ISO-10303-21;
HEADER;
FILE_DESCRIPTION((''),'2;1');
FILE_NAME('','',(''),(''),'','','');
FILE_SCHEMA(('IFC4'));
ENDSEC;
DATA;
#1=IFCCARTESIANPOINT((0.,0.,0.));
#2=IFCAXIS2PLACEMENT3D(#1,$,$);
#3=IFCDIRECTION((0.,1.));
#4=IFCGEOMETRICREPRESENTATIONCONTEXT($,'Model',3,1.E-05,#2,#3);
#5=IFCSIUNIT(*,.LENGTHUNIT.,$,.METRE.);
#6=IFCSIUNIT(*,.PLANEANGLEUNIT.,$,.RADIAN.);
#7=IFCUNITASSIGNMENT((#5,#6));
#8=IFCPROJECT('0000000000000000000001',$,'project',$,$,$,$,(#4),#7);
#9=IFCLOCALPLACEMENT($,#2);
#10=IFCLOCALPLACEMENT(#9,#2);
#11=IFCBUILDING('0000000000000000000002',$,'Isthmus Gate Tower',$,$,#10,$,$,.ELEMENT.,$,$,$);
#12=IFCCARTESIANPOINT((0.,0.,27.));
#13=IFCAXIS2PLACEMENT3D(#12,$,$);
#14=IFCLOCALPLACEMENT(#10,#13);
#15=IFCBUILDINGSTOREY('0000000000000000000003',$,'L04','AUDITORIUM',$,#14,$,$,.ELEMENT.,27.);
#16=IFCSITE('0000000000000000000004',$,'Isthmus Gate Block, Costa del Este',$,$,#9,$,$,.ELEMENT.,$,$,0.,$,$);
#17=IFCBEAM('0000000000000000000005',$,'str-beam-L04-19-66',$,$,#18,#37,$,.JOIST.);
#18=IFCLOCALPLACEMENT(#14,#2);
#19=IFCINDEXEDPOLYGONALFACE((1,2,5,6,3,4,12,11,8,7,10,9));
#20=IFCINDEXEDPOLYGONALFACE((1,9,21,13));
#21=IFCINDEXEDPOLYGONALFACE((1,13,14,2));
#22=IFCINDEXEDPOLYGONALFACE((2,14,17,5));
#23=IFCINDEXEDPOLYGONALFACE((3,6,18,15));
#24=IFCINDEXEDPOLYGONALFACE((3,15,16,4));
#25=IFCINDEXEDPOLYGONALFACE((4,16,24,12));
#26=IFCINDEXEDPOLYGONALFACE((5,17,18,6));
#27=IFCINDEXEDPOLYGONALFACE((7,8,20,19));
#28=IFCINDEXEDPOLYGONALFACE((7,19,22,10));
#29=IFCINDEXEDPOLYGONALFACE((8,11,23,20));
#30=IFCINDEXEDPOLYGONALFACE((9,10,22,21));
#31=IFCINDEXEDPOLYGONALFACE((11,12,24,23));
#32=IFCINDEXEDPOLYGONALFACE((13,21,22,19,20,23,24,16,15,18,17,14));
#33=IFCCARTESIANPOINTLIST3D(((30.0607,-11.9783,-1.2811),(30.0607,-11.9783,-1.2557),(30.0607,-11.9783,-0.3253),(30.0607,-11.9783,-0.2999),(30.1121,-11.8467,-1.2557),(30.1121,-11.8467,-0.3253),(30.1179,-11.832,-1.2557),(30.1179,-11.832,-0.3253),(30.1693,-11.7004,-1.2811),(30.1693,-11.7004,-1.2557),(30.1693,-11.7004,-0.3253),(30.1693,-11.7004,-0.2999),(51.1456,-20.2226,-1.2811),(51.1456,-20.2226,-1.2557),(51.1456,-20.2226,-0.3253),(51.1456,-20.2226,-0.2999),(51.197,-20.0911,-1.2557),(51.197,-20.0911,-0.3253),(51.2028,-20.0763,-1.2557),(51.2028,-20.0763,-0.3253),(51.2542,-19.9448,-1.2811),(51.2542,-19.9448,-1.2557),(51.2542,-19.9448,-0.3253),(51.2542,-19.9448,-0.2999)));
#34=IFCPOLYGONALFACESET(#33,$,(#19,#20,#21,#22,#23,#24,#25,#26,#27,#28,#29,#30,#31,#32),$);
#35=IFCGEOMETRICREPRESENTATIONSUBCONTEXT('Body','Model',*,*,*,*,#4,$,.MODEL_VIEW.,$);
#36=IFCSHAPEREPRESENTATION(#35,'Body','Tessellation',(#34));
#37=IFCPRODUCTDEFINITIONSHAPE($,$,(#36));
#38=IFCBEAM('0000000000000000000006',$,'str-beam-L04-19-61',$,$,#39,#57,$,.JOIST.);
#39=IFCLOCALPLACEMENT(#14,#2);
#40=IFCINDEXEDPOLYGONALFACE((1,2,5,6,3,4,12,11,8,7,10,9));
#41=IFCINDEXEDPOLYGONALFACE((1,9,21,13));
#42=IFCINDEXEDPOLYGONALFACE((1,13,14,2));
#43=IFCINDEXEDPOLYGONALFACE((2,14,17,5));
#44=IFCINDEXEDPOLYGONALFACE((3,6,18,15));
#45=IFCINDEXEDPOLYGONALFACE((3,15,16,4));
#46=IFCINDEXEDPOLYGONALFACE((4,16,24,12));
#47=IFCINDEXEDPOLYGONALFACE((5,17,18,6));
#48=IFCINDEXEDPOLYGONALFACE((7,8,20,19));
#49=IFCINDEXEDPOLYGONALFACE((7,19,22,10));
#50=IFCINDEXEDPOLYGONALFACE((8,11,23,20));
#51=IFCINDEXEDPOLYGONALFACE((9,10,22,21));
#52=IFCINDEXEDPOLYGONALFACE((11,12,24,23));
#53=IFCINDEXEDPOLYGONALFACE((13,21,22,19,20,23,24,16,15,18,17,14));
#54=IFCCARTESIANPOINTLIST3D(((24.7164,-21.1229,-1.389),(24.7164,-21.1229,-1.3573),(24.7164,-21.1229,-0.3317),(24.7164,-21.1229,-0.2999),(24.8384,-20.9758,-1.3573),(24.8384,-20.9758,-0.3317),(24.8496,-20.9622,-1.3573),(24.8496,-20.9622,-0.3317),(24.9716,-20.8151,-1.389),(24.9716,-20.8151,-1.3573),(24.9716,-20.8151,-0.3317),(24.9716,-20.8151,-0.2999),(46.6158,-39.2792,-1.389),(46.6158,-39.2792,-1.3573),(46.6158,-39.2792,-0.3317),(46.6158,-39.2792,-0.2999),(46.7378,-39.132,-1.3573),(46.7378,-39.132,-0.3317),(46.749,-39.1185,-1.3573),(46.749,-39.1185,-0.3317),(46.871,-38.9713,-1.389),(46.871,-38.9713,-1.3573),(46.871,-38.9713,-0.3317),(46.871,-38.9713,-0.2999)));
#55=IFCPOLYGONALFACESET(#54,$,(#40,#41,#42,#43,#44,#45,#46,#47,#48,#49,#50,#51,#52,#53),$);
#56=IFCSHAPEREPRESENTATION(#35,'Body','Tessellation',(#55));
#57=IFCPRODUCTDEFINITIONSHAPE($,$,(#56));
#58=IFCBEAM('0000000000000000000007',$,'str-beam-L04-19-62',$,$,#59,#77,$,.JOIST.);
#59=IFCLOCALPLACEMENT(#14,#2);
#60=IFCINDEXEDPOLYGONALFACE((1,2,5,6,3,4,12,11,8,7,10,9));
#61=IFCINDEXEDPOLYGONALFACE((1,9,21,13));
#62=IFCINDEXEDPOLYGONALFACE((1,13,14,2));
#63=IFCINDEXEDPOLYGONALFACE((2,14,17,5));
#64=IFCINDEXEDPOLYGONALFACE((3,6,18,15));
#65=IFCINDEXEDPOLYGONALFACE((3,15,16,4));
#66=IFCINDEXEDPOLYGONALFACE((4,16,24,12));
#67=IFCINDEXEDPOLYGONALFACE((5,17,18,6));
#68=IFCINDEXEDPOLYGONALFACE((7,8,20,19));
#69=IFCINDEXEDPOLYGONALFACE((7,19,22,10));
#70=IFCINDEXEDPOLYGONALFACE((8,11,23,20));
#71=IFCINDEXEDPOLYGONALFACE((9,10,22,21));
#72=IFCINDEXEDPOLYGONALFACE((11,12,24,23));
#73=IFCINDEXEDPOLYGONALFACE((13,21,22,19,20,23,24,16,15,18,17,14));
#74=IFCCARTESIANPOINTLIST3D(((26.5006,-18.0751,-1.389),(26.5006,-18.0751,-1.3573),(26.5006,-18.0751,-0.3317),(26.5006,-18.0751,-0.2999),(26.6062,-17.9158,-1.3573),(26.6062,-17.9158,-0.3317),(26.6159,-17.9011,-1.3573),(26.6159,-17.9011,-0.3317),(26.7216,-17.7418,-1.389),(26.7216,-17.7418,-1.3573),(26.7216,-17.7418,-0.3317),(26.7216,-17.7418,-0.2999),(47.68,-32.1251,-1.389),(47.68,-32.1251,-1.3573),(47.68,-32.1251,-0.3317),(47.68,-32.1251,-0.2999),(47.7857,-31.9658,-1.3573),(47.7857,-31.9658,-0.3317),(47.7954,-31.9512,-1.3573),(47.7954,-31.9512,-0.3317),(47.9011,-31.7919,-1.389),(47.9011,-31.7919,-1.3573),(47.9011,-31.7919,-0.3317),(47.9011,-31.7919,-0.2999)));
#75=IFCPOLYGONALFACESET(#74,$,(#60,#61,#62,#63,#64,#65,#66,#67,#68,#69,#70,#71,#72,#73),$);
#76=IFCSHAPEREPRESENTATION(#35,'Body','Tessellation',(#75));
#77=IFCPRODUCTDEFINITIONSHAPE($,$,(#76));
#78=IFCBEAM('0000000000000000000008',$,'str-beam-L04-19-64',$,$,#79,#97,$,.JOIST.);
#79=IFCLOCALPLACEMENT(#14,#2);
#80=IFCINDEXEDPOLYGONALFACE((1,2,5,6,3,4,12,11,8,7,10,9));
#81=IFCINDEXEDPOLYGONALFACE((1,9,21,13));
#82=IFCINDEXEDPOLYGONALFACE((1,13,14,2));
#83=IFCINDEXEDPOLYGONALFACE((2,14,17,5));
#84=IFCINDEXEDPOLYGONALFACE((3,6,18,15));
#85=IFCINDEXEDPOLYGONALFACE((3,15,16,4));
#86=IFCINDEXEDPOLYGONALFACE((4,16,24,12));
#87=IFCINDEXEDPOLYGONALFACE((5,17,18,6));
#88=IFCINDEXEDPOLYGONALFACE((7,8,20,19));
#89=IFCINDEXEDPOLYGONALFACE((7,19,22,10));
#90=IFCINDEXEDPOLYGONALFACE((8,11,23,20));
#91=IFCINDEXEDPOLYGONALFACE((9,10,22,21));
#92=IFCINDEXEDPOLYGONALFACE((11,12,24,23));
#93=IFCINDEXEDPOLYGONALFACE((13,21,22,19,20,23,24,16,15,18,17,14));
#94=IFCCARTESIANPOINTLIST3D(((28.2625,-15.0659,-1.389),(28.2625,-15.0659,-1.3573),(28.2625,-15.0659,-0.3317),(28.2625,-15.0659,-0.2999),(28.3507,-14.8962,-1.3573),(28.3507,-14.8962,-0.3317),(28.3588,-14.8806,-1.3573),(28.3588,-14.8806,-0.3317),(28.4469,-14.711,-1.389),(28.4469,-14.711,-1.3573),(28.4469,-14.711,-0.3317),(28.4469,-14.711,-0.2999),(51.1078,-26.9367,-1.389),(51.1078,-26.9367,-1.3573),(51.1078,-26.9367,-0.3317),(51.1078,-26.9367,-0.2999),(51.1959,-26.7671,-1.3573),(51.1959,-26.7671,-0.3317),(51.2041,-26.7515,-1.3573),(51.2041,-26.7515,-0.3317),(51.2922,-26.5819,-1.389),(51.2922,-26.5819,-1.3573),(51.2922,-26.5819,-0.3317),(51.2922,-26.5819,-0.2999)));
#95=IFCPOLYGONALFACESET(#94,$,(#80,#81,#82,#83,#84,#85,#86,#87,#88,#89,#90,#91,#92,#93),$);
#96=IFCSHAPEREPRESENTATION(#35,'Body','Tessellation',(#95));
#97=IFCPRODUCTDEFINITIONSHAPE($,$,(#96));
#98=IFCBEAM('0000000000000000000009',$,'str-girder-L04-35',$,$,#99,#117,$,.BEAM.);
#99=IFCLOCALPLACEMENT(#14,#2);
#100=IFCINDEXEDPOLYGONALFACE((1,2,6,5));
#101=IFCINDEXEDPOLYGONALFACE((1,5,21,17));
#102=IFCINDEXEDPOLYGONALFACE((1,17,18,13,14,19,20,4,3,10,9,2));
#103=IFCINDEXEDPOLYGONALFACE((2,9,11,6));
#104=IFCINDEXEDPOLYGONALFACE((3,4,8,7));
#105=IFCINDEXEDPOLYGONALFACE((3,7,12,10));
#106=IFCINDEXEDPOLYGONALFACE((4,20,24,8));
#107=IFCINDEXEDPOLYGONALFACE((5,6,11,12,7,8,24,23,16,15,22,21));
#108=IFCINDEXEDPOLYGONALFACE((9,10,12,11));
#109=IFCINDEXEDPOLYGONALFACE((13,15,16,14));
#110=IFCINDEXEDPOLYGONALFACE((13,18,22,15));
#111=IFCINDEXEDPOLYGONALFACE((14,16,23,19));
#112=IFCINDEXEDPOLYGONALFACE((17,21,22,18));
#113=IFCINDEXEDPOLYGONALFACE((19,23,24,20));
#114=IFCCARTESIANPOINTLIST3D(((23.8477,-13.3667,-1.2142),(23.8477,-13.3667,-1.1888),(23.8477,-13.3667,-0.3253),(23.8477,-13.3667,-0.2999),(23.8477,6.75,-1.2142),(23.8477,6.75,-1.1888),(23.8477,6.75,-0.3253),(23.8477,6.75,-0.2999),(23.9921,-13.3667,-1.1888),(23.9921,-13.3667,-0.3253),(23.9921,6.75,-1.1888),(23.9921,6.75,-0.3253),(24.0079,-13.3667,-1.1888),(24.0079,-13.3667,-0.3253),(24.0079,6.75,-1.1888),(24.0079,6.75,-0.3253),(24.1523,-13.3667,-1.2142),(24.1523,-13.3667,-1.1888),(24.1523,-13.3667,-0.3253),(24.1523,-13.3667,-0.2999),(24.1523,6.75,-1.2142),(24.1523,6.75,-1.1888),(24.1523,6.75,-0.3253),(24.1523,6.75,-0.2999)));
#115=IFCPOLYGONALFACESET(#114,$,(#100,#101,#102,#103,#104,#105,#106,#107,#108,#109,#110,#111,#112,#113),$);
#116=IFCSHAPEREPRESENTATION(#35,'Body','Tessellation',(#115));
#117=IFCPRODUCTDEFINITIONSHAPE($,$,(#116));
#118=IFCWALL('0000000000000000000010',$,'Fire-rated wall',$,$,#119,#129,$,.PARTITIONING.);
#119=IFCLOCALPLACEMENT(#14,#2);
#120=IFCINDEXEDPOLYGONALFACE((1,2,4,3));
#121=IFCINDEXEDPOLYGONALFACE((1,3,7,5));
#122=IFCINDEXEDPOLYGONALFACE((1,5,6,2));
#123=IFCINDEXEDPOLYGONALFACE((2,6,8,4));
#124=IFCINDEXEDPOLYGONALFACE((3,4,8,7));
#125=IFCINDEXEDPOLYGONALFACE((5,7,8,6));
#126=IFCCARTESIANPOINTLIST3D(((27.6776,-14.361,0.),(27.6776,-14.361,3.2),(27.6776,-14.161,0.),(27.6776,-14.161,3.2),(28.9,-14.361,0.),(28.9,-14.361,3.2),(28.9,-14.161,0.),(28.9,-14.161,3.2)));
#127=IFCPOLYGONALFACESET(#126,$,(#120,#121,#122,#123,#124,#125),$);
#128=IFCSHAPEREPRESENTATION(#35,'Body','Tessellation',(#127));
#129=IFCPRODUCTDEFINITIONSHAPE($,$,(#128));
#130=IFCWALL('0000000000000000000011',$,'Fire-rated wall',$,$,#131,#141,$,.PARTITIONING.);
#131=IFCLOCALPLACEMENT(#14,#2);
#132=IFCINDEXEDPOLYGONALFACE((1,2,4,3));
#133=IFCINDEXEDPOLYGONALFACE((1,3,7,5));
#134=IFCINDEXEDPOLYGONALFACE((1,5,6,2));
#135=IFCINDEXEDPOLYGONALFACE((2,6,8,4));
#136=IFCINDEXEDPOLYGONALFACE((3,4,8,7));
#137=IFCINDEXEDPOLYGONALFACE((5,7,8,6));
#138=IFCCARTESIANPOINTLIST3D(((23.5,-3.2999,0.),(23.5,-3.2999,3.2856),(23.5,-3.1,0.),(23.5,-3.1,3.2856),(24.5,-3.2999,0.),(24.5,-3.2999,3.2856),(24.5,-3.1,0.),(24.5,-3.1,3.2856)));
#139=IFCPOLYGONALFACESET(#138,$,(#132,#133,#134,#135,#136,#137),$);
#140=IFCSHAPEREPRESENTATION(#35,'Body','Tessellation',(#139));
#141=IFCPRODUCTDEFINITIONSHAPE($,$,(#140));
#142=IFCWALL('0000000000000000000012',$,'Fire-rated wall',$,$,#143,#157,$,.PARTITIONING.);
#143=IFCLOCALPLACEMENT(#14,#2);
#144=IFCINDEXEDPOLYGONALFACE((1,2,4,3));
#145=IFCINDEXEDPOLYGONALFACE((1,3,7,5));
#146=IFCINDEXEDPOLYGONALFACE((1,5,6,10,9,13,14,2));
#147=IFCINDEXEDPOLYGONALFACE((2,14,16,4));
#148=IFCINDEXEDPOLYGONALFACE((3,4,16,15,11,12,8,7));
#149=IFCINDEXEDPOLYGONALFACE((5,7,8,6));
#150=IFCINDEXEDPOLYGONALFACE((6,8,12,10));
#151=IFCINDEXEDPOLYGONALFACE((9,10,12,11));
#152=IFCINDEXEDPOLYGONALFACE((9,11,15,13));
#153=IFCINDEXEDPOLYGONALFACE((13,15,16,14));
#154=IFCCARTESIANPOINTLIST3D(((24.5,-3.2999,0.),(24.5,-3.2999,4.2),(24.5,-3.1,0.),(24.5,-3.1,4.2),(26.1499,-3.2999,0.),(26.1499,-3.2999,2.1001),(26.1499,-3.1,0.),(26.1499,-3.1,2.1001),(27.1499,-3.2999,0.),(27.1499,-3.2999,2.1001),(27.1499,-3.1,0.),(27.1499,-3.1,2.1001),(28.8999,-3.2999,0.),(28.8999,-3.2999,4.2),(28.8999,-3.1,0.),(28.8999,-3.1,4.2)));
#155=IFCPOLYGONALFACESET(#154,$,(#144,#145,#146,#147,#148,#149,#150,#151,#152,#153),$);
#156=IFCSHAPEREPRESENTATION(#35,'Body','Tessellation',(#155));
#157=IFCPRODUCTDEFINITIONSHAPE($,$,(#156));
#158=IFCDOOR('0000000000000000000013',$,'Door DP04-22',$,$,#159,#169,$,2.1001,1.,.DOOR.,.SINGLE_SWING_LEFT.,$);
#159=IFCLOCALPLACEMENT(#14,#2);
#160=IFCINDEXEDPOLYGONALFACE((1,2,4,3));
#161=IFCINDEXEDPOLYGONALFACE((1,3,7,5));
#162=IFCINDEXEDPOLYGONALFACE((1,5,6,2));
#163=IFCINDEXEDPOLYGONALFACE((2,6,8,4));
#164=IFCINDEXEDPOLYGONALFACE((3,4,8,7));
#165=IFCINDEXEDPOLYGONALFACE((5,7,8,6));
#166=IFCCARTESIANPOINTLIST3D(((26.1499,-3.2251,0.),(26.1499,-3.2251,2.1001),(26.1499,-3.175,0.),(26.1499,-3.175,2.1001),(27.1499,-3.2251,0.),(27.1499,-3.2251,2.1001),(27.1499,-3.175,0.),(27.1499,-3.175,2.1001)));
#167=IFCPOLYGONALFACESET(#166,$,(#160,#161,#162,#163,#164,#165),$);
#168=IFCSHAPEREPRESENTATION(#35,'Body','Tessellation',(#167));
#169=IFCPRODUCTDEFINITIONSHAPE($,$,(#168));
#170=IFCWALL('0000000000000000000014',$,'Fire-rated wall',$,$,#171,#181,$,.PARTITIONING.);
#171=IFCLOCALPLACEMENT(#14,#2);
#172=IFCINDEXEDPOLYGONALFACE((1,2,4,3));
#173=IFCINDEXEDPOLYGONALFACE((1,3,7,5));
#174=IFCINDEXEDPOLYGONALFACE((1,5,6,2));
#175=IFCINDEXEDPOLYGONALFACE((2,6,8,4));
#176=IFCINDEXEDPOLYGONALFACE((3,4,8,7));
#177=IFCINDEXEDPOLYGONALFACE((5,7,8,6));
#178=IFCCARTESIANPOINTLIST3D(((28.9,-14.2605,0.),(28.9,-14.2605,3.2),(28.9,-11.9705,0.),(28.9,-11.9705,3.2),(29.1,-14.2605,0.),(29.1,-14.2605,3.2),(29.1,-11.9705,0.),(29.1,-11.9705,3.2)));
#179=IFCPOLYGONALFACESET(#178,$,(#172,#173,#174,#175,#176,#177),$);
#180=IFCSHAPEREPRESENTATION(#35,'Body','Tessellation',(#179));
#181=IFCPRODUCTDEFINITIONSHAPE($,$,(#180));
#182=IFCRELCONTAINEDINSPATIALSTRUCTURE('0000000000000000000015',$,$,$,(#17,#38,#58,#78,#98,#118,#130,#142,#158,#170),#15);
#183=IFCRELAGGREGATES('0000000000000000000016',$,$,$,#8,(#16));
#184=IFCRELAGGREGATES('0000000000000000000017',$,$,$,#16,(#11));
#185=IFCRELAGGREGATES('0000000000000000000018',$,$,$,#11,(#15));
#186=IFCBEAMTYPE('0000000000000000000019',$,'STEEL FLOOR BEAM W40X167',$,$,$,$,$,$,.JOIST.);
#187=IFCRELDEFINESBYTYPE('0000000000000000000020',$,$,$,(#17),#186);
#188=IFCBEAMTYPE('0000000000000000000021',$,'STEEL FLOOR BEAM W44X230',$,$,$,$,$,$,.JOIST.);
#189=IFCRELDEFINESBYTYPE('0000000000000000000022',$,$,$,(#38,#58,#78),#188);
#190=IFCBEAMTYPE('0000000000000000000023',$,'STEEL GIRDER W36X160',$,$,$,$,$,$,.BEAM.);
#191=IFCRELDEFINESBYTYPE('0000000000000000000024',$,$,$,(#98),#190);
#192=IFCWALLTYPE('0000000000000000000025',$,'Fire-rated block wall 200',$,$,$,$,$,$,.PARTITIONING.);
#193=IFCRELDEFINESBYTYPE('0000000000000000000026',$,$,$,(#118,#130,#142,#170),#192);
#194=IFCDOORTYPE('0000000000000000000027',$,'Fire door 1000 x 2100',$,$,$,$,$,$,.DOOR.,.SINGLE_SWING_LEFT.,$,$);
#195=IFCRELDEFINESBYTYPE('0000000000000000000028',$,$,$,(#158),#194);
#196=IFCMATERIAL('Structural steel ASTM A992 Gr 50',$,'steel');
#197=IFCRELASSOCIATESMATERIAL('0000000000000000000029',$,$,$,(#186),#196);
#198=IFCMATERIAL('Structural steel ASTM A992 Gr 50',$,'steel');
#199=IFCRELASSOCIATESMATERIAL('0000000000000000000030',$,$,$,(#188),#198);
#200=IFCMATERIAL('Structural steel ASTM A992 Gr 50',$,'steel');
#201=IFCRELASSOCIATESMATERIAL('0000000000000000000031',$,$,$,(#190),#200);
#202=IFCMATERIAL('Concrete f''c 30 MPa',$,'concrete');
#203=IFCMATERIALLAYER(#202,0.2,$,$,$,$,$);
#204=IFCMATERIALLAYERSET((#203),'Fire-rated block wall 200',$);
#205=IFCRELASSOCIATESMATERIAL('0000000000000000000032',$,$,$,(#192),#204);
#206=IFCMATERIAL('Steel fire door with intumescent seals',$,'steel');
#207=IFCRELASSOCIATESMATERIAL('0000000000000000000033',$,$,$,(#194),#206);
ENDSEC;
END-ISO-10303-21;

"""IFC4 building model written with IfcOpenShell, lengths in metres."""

from ifc_helpers import new_model, si_unit, direction, frame, frame_2d, origin, origin_2d, place, context, subcontext, project, spatial, rectangle, i_section, extrude, material, layer, layer_set, material_profile, profile_set, type_object, element, fill, save


model = new_model("IFC4")

# Units and contexts
model_context = context("Model", 3, precision=1e-05, world=origin(), true_north=direction((0.0, 1.0)))
body_context = subcontext(model_context, "Body", "Model", "MODEL_VIEW")
ifc_project = project(units=[si_unit("LENGTHUNIT", "METRE"), si_unit("PLANEANGLEUNIT", "RADIAN")], contexts=[model_context])

# Site, building, storey
site_placement = place(None, origin())
site = spatial("IfcSite", under=ifc_project, at=site_placement, Name="Isthmus Gate Block, Costa del Este", CompositionType="ELEMENT", RefElevation=0.0)
building_placement = place(site_placement, origin())
building = spatial("IfcBuilding", under=site, at=building_placement, Name="Isthmus Gate Tower", CompositionType="ELEMENT")
storey_placement = place(building_placement, frame((0.0, 0.0, 27.0)))
storey = spatial("IfcBuildingStorey", under=building, at=storey_placement, Name="L04", Description="AUDITORIUM", CompositionType="ELEMENT", Elevation=27.0)

# Beams
ifc_material_1 = material(Name="Structural steel ASTM A992 Gr 50", Category="steel")
ifc_material_profile_1 = material_profile(ifc_material_1, i_section(OverallWidth=0.2983, OverallDepth=0.9812, WebThickness=0.0159, FlangeThickness=0.0254, at=origin_2d()), Name="W40X167")
ifc_profile_set_1 = profile_set([ifc_material_profile_1], Name="Structural steel ASTM A992 Gr 50")
beam_type_1 = type_object("IfcBeamType", Name="STEEL FLOOR BEAM W40X167", PredefinedType="JOIST", material=ifc_profile_set_1)
beam_1_placement = place(storey_placement, frame((30.115, -11.8394, -0.7905), z_axis=(0.931336, -0.36416, 0.0), x_axis=(0.36416, 0.931336, 0.0)))
element("IfcBeam", 1, at=beam_1_placement, inside=storey, type_object=beam_type_1, Name="str-beam-L04-19-66", PredefinedType="JOIST", context=body_context, shape_type="SweptSolid", body=[
    extrude(i_section(OverallWidth=0.2983, OverallDepth=0.9812, WebThickness=0.0159, FlangeThickness=0.0254, at=origin_2d()), origin(), (0.0, 0.0, 1.0), 22.6394),
])
ifc_material_2 = material(Name="Structural steel ASTM A992 Gr 50", Category="steel")
ifc_material_profile_2 = material_profile(ifc_material_2, i_section(OverallWidth=0.3999, OverallDepth=1.0891, WebThickness=0.0176, FlangeThickness=0.0317, at=origin_2d()), Name="W44X230")
ifc_profile_set_2 = profile_set([ifc_material_profile_2], Name="Structural steel ASTM A992 Gr 50")
beam_type_2 = type_object("IfcBeamType", Name="STEEL FLOOR BEAM W44X230", PredefinedType="JOIST", material=ifc_profile_set_2)
beam_2_placement = place(storey_placement, frame((24.844, -20.969, -0.8445), z_axis=(0.769831, -0.638248, 0.0), x_axis=(0.638248, 0.769831, 0.0)))
element("IfcBeam", 2, at=beam_2_placement, inside=storey, type_object=beam_type_2, Name="str-beam-L04-19-61", PredefinedType="JOIST", context=body_context, shape_type="SweptSolid", body=[
    extrude(i_section(OverallWidth=0.3999, OverallDepth=1.0891, WebThickness=0.0176, FlangeThickness=0.0317, at=origin_2d()), origin(), (0.0, 0.0, 1.0), 28.447),
])
beam_3_placement = place(storey_placement, frame((26.6111, -17.9084, -0.8445), z_axis=(0.833312, -0.552803, 0.0), x_axis=(0.552803, 0.833312, 0.0)))
element("IfcBeam", 3, at=beam_3_placement, inside=storey, type_object=beam_type_2, Name="str-beam-L04-19-62", PredefinedType="JOIST", context=body_context, shape_type="SweptSolid", body=[
    extrude(i_section(OverallWidth=0.3999, OverallDepth=1.0891, WebThickness=0.0176, FlangeThickness=0.0317, at=origin_2d()), origin(), (0.0, 0.0, 1.0), 25.416),
])
beam_4_placement = place(storey_placement, frame((28.3547, -14.8884, -0.8445), z_axis=(0.887354, -0.461088, 0.0), x_axis=(0.461088, 0.887354, 0.0)))
element("IfcBeam", 4, at=beam_4_placement, inside=storey, type_object=beam_type_2, Name="str-beam-L04-19-64", PredefinedType="JOIST", context=body_context, shape_type="SweptSolid", body=[
    extrude(i_section(OverallWidth=0.3999, OverallDepth=1.0891, WebThickness=0.0176, FlangeThickness=0.0317, at=origin_2d()), origin(), (0.0, 0.0, 1.0), 25.7454),
])
ifc_material_3 = material(Name="Structural steel ASTM A992 Gr 50", Category="steel")
ifc_material_profile_3 = material_profile(ifc_material_3, i_section(OverallWidth=0.3047, OverallDepth=0.9143, WebThickness=0.0159, FlangeThickness=0.0254, at=origin_2d()), Name="W36X160")
ifc_profile_set_3 = profile_set([ifc_material_profile_3], Name="Structural steel ASTM A992 Gr 50")
beam_type_3 = type_object("IfcBeamType", Name="STEEL GIRDER W36X160", PredefinedType="BEAM", material=ifc_profile_set_3)
beam_5_placement = place(storey_placement, frame((24.0, -13.3667, -0.7571), z_axis=(0.0, 1.0, 0.0), x_axis=(-1.0, 0.0, 0.0)))
element("IfcBeam", 5, at=beam_5_placement, inside=storey, type_object=beam_type_3, Name="str-girder-L04-35", PredefinedType="BEAM", context=body_context, shape_type="SweptSolid", body=[
    extrude(i_section(OverallWidth=0.3047, OverallDepth=0.9143, WebThickness=0.0159, FlangeThickness=0.0254, at=origin_2d()), origin(), (0.0, 0.0, 1.0), 20.1167),
])

# Walls
ifc_material_4 = material(Name="Concrete f'c 30 MPa", Category="concrete")
ifc_layer_1 = layer(ifc_material_4, 0.2)
ifc_layer_set_1 = layer_set([ifc_layer_1], Name="Fire-rated block wall 200")
wall_type_1 = type_object("IfcWallType", Name="Fire-rated block wall 200", PredefinedType="PARTITIONING", material=ifc_layer_set_1)
wall_1_placement = place(storey_placement, frame((27.6775, -14.261, 0.0), z_axis=(0.0, 0.0, 1.0), x_axis=(1.0, 0.0, 0.0)))
element("IfcWall", 6, at=wall_1_placement, inside=storey, type_object=wall_type_1, Name="Fire-rated wall", PredefinedType="PARTITIONING", context=body_context, shape_type="SweptSolid", body=[
    extrude(rectangle(XDim=1.2224, YDim=0.2, at=frame_2d((0.6113, 0.0))), origin(), (0.0, 0.0, 1.0), 3.2),
])
wall_2_placement = place(storey_placement, frame((23.5, -3.2, 0.0), z_axis=(0.0, 0.0, 1.0), x_axis=(1.0, 0.0, 0.0)))
element("IfcWall", 7, at=wall_2_placement, inside=storey, type_object=wall_type_1, Name="Fire-rated wall", PredefinedType="PARTITIONING", context=body_context, shape_type="SweptSolid", body=[
    extrude(rectangle(XDim=1.0, YDim=0.2, at=frame_2d((0.5, 0.0))), origin(), (0.0, 0.0, 1.0), 3.2856),
])

# Wall, opening, door
wall_3_placement = place(storey_placement, frame((24.5, -3.2, 0.0), z_axis=(0.0, 0.0, 1.0), x_axis=(1.0, 0.0, 0.0)))
wall_3 = element("IfcWall", 8, at=wall_3_placement, inside=storey, type_object=wall_type_1, Name="Fire-rated wall", PredefinedType="PARTITIONING", context=body_context, shape_type="SweptSolid", body=[
    extrude(rectangle(XDim=4.3999, YDim=0.2, at=frame_2d((2.2, 0.0))), origin(), (0.0, 0.0, 1.0), 4.2),
])
opening_1_placement = place(wall_3_placement, frame((1.6499, 0.0, 0.0)))
opening_1 = element("IfcOpeningElement", 9, at=opening_1_placement, cuts=wall_3, PredefinedType="OPENING", context=body_context, shape_type="SweptSolid", body=[
    extrude(rectangle(XDim=1.0, YDim=2.1001, at=frame_2d((0.5, 1.05))), frame((0.0, 0.1099, 0.0), z_axis=(0.0, -1.0, 0.0), x_axis=(1.0, 0.0, 0.0)), (0.0, 0.0, 1.0), 0.22),
])
ifc_material_5 = material(Name="Steel fire door with intumescent seals", Category="steel")
door_type_1 = type_object("IfcDoorType", Name="Fire door 1000 x 2100", OperationType="SINGLE_SWING_LEFT", PredefinedType="DOOR", material=ifc_material_5)
door_1_placement = place(opening_1_placement, origin())
door_1 = element("IfcDoor", 10, at=door_1_placement, inside=storey, type_object=door_type_1, Name="Door DP04-22", OperationType="SINGLE_SWING_LEFT", OverallHeight=2.1001, OverallWidth=1.0, PredefinedType="DOOR", context=body_context, shape_type="SweptSolid", body=[
    extrude(rectangle(XDim=1.0, YDim=2.1001, at=frame_2d((0.5, 1.05))), frame((0.0, 0.0249, 0.0), z_axis=(0.0, -1.0, 0.0), x_axis=(1.0, 0.0, 0.0)), (0.0, 0.0, 1.0), 0.05),
])
fill(opening_1, door_1)

# Wall
wall_4_placement = place(storey_placement, frame((29.0, -14.2605, 0.0), z_axis=(0.0, 0.0, 1.0), x_axis=(0.0, 1.0, 0.0)))
element("IfcWall", 11, at=wall_4_placement, inside=storey, type_object=wall_type_1, Name="Fire-rated wall", PredefinedType="PARTITIONING", context=body_context, shape_type="SweptSolid", body=[
    extrude(rectangle(XDim=2.29, YDim=0.2, at=frame_2d((1.145, 0.0))), origin(), (0.0, 0.0, 1.0), 3.2),
])

save(model, "model.ifc")
